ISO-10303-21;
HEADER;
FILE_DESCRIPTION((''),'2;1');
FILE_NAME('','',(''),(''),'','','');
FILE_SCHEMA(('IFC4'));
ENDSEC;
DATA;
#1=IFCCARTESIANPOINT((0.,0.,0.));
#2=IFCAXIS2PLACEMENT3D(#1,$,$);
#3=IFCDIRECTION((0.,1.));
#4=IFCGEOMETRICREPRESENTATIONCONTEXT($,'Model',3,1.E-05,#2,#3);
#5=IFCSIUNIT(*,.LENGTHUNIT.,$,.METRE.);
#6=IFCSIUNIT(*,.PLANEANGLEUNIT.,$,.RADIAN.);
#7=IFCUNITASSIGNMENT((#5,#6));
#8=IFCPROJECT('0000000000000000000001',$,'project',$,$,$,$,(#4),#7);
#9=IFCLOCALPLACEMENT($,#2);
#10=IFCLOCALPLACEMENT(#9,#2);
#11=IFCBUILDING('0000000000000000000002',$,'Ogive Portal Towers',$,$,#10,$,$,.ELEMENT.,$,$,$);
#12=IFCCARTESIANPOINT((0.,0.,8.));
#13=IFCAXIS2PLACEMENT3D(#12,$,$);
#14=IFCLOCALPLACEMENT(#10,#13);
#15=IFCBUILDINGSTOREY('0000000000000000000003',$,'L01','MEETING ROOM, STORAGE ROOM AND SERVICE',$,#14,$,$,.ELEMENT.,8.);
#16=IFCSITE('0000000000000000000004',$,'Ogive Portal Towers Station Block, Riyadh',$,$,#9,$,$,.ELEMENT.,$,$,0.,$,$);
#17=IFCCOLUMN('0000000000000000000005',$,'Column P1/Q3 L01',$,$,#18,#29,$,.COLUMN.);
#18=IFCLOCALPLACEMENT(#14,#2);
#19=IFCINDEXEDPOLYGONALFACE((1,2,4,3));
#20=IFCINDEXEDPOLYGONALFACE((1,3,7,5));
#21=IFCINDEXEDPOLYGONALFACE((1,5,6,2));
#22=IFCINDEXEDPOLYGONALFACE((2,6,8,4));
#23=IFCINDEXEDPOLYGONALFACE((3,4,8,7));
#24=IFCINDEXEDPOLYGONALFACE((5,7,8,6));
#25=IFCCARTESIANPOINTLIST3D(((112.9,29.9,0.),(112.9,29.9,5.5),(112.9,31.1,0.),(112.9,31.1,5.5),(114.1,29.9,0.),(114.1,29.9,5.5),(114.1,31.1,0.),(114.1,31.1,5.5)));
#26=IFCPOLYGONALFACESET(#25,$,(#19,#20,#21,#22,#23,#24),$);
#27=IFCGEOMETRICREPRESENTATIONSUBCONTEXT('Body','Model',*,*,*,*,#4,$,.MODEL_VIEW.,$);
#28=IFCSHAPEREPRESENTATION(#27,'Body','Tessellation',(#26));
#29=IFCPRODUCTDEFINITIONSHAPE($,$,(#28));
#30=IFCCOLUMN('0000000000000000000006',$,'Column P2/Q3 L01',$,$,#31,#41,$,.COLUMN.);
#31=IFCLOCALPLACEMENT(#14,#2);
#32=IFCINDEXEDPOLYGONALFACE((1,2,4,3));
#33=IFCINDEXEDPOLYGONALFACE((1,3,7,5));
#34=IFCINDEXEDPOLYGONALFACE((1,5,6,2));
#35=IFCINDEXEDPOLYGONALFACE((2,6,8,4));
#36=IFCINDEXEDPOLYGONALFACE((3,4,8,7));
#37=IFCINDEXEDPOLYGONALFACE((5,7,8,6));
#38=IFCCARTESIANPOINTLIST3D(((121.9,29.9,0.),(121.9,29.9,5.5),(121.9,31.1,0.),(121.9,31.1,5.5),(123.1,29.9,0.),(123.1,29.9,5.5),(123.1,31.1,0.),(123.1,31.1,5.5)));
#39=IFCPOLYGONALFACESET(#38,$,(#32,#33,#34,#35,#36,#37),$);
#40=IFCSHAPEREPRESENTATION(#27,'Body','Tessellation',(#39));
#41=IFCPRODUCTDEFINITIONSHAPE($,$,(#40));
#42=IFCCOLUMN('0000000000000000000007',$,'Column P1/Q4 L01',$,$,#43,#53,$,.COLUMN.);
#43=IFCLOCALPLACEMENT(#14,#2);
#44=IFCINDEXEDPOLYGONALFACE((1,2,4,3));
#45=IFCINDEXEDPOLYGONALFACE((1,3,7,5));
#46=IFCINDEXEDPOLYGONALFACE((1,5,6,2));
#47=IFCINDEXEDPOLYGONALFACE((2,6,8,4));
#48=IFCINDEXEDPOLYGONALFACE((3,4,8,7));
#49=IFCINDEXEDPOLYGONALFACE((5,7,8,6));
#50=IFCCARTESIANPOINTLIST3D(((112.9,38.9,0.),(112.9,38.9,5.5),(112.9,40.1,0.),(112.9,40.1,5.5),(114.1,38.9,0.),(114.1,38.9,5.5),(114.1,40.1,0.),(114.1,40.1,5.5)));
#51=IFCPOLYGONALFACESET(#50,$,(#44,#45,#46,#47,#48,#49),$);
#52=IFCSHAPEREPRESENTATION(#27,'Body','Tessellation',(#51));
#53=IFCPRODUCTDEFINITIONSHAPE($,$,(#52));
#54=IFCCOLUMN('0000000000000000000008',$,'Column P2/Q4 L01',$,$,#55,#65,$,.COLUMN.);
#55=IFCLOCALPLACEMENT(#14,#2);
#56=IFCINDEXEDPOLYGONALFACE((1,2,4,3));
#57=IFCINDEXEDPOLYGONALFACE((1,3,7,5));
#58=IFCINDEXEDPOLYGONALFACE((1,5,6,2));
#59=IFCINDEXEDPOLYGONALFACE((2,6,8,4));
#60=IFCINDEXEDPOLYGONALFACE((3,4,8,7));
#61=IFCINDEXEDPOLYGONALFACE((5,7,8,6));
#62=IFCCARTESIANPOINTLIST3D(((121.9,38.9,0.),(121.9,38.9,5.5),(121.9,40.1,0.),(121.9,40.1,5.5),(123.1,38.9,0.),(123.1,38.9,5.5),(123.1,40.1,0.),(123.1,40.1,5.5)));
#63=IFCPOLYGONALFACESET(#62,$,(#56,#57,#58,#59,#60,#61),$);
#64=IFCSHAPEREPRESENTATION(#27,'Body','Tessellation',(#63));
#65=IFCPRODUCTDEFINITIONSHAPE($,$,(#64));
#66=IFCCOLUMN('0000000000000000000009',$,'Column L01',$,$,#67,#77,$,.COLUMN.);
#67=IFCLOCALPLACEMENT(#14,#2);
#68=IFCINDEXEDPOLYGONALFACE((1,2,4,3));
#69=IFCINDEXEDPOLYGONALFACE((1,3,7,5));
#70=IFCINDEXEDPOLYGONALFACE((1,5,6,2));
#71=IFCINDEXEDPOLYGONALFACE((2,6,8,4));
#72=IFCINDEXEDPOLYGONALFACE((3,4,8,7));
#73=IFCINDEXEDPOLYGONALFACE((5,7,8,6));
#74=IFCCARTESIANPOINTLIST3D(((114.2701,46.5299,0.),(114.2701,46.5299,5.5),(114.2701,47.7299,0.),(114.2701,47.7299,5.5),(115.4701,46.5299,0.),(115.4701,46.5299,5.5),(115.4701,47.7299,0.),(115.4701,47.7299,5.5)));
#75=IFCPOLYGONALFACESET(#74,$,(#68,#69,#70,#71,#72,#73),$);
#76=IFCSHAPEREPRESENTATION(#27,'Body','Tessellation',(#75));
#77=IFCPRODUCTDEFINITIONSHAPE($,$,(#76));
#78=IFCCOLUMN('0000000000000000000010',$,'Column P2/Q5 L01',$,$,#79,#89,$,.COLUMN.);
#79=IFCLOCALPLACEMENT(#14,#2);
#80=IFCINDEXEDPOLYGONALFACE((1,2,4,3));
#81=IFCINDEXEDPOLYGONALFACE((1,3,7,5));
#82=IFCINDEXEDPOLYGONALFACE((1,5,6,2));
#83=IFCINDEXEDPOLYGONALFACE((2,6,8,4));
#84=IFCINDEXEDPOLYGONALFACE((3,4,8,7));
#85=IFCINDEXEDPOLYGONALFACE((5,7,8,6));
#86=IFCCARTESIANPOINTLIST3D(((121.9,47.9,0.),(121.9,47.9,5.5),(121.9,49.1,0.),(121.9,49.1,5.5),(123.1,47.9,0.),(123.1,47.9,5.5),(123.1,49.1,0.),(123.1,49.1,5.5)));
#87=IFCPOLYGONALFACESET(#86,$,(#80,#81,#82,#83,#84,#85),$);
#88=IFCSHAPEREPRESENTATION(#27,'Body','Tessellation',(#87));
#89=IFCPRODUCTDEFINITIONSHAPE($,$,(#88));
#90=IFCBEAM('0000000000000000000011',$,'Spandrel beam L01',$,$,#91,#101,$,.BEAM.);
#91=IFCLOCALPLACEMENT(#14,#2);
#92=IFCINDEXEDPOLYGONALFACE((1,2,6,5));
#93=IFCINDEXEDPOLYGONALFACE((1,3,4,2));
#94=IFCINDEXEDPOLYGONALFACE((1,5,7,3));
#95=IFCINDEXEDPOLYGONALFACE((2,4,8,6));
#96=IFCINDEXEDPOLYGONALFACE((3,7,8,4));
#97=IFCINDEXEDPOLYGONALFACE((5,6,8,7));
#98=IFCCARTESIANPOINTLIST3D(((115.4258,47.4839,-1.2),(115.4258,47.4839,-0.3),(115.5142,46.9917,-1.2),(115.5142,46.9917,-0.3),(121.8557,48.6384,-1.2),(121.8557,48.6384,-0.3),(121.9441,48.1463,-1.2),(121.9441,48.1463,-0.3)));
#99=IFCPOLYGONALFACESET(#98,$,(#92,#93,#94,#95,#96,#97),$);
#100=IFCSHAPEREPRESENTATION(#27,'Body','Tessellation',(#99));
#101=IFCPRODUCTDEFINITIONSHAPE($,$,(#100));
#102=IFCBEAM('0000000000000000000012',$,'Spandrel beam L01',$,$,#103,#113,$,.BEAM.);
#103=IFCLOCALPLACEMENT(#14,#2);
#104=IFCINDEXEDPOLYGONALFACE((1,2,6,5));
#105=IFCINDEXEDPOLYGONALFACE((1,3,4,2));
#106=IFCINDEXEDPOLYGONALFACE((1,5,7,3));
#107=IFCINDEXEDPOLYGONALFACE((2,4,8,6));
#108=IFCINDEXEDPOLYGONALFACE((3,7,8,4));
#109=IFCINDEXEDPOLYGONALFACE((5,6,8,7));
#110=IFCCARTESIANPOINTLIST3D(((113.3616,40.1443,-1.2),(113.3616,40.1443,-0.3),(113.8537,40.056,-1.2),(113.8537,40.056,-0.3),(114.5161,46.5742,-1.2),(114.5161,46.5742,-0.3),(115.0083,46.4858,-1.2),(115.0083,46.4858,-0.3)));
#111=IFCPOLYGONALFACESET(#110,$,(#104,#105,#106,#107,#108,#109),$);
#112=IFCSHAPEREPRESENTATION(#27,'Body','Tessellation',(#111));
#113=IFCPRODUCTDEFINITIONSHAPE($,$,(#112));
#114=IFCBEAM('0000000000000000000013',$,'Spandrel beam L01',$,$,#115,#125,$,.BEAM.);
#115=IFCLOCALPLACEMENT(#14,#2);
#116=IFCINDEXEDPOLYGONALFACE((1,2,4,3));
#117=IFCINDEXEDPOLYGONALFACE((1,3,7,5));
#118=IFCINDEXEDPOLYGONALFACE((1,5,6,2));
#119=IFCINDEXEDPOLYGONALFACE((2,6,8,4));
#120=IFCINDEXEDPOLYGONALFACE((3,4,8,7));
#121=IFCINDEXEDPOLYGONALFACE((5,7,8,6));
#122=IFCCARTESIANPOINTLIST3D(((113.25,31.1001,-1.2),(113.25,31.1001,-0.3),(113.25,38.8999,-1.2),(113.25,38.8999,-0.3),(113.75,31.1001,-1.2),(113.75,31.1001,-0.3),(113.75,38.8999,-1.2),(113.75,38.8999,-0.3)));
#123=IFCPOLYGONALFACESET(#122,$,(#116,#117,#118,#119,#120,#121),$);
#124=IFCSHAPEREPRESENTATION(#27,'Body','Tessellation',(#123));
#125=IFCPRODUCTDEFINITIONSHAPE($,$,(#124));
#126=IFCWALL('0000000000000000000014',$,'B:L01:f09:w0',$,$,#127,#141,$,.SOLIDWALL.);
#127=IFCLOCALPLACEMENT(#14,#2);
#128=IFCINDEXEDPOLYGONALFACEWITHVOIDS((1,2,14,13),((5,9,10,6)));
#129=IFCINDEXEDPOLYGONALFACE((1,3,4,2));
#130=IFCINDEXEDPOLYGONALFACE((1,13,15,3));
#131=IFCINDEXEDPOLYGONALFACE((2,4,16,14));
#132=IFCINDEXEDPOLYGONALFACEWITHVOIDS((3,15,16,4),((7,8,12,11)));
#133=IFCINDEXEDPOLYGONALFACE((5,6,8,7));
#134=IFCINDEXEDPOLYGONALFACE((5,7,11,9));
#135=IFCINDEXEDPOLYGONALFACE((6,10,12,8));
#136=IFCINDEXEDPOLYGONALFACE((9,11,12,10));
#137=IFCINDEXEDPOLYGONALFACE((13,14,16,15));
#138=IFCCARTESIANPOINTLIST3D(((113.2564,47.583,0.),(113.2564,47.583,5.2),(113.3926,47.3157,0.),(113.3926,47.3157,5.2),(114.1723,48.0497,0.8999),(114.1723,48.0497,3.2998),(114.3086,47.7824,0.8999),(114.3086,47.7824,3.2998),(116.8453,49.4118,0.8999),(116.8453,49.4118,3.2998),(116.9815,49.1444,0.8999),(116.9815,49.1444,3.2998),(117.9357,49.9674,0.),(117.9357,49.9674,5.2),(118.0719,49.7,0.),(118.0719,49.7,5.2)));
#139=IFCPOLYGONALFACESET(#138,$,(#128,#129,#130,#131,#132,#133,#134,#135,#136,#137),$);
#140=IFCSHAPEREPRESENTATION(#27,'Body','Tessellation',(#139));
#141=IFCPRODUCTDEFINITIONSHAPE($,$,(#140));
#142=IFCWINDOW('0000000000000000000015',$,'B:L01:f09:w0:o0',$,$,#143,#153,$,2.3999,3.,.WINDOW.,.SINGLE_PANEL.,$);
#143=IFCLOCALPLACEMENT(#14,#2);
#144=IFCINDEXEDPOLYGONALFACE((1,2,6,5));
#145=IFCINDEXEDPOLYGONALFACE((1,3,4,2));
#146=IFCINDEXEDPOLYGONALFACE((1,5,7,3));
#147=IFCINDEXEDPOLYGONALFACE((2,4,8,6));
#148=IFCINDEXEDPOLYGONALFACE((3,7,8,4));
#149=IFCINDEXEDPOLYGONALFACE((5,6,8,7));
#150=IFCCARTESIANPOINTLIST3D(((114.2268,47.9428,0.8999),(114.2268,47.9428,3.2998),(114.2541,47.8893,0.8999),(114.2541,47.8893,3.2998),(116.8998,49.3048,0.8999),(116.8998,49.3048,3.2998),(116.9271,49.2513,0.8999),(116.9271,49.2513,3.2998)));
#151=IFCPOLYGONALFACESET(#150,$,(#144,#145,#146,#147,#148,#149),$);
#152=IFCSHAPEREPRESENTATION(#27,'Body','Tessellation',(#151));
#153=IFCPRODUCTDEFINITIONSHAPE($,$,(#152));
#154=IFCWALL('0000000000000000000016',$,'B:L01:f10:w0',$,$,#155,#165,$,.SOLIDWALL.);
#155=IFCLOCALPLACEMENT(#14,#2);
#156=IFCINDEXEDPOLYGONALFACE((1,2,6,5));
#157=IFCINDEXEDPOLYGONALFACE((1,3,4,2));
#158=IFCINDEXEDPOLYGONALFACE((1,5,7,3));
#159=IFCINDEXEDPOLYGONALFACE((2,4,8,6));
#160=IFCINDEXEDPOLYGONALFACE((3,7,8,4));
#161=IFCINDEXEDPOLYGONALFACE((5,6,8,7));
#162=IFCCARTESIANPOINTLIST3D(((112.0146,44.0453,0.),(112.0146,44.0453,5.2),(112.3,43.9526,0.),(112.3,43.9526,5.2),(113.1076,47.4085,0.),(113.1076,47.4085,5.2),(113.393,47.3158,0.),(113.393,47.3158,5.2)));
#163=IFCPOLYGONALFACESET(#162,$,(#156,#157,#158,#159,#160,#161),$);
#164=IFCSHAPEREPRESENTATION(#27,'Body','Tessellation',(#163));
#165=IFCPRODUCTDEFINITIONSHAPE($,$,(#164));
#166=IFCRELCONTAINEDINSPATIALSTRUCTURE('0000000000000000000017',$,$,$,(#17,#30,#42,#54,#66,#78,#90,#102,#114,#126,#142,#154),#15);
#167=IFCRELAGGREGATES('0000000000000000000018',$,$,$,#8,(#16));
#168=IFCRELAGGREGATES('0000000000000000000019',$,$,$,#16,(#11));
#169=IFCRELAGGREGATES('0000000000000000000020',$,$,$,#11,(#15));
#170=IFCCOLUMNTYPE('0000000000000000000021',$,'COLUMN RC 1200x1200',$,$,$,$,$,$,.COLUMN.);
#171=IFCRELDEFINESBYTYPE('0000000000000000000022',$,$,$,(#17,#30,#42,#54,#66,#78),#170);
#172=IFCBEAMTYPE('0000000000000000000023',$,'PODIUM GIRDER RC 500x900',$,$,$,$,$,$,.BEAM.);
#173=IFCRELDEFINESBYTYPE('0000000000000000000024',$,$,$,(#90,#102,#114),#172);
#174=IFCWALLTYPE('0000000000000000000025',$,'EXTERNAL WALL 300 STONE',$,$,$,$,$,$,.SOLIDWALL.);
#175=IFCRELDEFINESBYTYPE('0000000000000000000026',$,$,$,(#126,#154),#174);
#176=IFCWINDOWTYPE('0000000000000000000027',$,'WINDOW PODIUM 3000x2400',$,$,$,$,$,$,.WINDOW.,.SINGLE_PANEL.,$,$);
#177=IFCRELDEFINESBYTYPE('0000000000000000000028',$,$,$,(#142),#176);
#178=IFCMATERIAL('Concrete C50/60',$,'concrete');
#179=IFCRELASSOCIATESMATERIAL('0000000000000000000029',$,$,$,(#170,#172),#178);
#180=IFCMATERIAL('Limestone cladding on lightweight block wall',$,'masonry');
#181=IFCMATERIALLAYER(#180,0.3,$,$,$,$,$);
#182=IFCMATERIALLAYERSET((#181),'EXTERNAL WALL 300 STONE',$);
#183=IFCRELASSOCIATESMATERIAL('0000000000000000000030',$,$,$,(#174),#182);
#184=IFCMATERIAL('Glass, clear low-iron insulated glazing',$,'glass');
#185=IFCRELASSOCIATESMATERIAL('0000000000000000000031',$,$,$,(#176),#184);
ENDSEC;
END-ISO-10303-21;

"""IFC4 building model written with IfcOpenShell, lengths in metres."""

from ifc_helpers import new_model, si_unit, direction, frame, frame_2d, origin, origin_2d, place, context, subcontext, project, spatial, rectangle, extrude, material, layer, layer_set, material_profile, profile_set, type_object, element, fill, save


model = new_model("IFC4")

# Units and contexts
model_context = context("Model", 3, precision=1e-05, world=origin(), true_north=direction((0.0, 1.0)))
body_context = subcontext(model_context, "Body", "Model", "MODEL_VIEW")
ifc_project = project(units=[si_unit("LENGTHUNIT", "METRE"), si_unit("PLANEANGLEUNIT", "RADIAN")], contexts=[model_context])

# Site, building, storey
site_placement = place(None, origin())
site = spatial("IfcSite", under=ifc_project, at=site_placement, Name="Ogive Portal Towers Station Block, Riyadh", CompositionType="ELEMENT", RefElevation=0.0)
building_placement = place(site_placement, origin())
building = spatial("IfcBuilding", under=site, at=building_placement, Name="Ogive Portal Towers", CompositionType="ELEMENT")
storey_placement = place(building_placement, frame((0.0, 0.0, 8.0)))
storey = spatial("IfcBuildingStorey", under=building, at=storey_placement, Name="L01", Description="MEETING ROOM, STORAGE ROOM AND SERVICE", CompositionType="ELEMENT", Elevation=8.0)

# Columns
ifc_material_1 = material(Name="Concrete C50/60", Category="concrete")
ifc_material_profile_1 = material_profile(ifc_material_1, rectangle(XDim=1.2, YDim=1.2, at=origin_2d()), Name="RC 1200x1200")
ifc_profile_set_1 = profile_set([ifc_material_profile_1], Name="Concrete C50/60")
column_type = type_object("IfcColumnType", Name="COLUMN RC 1200x1200", PredefinedType="COLUMN", material=ifc_profile_set_1)
for number, where, z_axis, x_axis, name in (
    (1, (113.5, 30.5, 0.0), (0.0, 0.0, 1.0), (1.0, 0.0, 0.0), "Column P1/Q3 L01"),
    (2, (122.5, 30.5, 0.0), (0.0, 0.0, 1.0), (1.0, 0.0, 0.0), "Column P2/Q3 L01"),
    (3, (113.5, 39.5, 0.0), (0.0, 0.0, 1.0), (1.0, 0.0, 0.0), "Column P1/Q4 L01"),
    (4, (122.5, 39.5, 0.0), (0.0, 0.0, 1.0), (1.0, 0.0, 0.0), "Column P2/Q4 L01"),
    (5, (114.8701, 47.1299, 0.0), (0.0, 0.0, 1.0), (1.0, 0.0, 0.0), "Column L01"),
    (6, (122.5, 48.5, 0.0), (0.0, 0.0, 1.0), (1.0, 0.0, 0.0), "Column P2/Q5 L01"),
):
    element("IfcColumn", number, at=place(storey_placement, frame(where, z_axis=z_axis, x_axis=x_axis)), inside=storey, type_object=column_type, Name=name, PredefinedType="COLUMN", context=body_context, shape_type="SweptSolid", body=[
        extrude(rectangle(XDim=1.2, YDim=1.2, at=origin_2d()), origin(), (0.0, 0.0, 1.0), 5.5),
    ])

# Beams
ifc_material_profile_2 = material_profile(ifc_material_1, rectangle(XDim=0.5, YDim=0.8999, at=origin_2d()), Name="RC 500x900")
ifc_profile_set_2 = profile_set([ifc_material_profile_2], Name="Concrete C50/60")
beam_type = type_object("IfcBeamType", Name="PODIUM GIRDER RC 500x900", PredefinedType="BEAM", material=ifc_profile_set_2)
for number, where, z_axis, x_axis, name in (
    (7, (121.8999, 48.3923, -0.75), (-0.984259, -0.176731, 0.0), (0.176731, -0.984259, 0.0), "Spandrel beam L01"),
    (8, (114.7622, 46.53, -0.75), (-0.176731, -0.984259, 0.0), (0.984259, -0.176731, 0.0), "Spandrel beam L01"),
):
    element("IfcBeam", number, at=place(storey_placement, frame(where, z_axis=z_axis, x_axis=x_axis)), inside=storey, type_object=beam_type, Name=name, PredefinedType="BEAM", context=body_context, shape_type="SweptSolid", body=[
        extrude(rectangle(XDim=0.5, YDim=0.8999, at=origin_2d()), origin(), (0.0, 0.0, 1.0), 6.5327),
    ])
beam_placement = place(storey_placement, frame((113.5, 38.8999, -0.75), z_axis=(0.0, -1.0, 0.0), x_axis=(1.0, 0.0, 0.0)))
element("IfcBeam", 9, at=beam_placement, inside=storey, type_object=beam_type, Name="Spandrel beam L01", PredefinedType="BEAM", context=body_context, shape_type="SweptSolid", body=[
    extrude(rectangle(XDim=0.5, YDim=0.8999, at=origin_2d()), origin(), (0.0, 0.0, 1.0), 7.7998),
])

# Wall, opening, window
ifc_material_2 = material(Name="Limestone cladding on lightweight block wall", Category="masonry")
ifc_layer_1 = layer(ifc_material_2, 0.3)
ifc_layer_set_1 = layer_set([ifc_layer_1], Name="EXTERNAL WALL 300 STONE")
wall_type = type_object("IfcWallType", Name="EXTERNAL WALL 300 STONE", PredefinedType="SOLIDWALL", material=ifc_layer_set_1)
wall_1_placement = place(storey_placement, frame((118.0039, 49.8337, 0.0), z_axis=(0.0, 0.0, 1.0), x_axis=(-0.890998, -0.454007, 0.0)))
wall_1 = element("IfcWall", 10, at=wall_1_placement, inside=storey, type_object=wall_type, Name="B:L01:f09:w0", PredefinedType="SOLIDWALL", context=body_context, shape_type="SweptSolid", body=[
    extrude(rectangle(XDim=5.2517, YDim=0.3, at=frame_2d((2.626, 0.0))), origin(), (0.0, 0.0, 1.0), 5.2),
])
opening_1_placement = place(wall_1_placement, frame((1.2239, 0.0, 0.8999)))
opening_1 = element("IfcOpeningElement", 11, at=opening_1_placement, cuts=wall_1, PredefinedType="OPENING", context=body_context, shape_type="SweptSolid", body=[
    extrude(rectangle(XDim=3.0, YDim=2.3999, at=frame_2d((1.5, 1.2))), frame((0.0, 0.1602, 0.0), z_axis=(0.0, -1.0, 0.0), x_axis=(1.0, 0.0, 0.0)), (0.0, 0.0, 1.0), 0.3201),
])
ifc_material_3 = material(Name="Glass, clear low-iron insulated glazing", Category="glass")
window_type = type_object("IfcWindowType", Name="WINDOW PODIUM 3000x2400", PartitioningType="SINGLE_PANEL", PredefinedType="WINDOW", material=ifc_material_3)
window_1_placement = place(opening_1_placement, origin())
window_1 = element("IfcWindow", 12, at=window_1_placement, inside=storey, type_object=window_type, Name="B:L01:f09:w0:o0", OverallHeight=2.3999, OverallWidth=3.0, PartitioningType="SINGLE_PANEL", PredefinedType="WINDOW", context=body_context, shape_type="SweptSolid", body=[
    extrude(rectangle(XDim=3.0, YDim=2.3999, at=frame_2d((1.5, 1.2))), frame((0.0, 0.03, 0.0), z_axis=(0.0, -1.0, 0.0), x_axis=(1.0, 0.0, 0.0)), (0.0, 0.0, 1.0), 0.0601),
])
fill(opening_1, window_1)

# Wall
wall_2_placement = place(storey_placement, frame((113.2502, 47.3621, 0.0), z_axis=(0.0, 0.0, 1.0), x_axis=(-0.309074, -0.951038, 0.0)))
element("IfcWall", 13, at=wall_2_placement, inside=storey, type_object=wall_type, Name="B:L01:f10:w0", PredefinedType="SOLIDWALL", context=body_context, shape_type="SweptSolid", body=[
    extrude(rectangle(XDim=3.5364, YDim=0.3, at=frame_2d((1.7681, 0.0))), origin(), (0.0, 0.0, 1.0), 5.2),
])

save(model, "model.ifc")
